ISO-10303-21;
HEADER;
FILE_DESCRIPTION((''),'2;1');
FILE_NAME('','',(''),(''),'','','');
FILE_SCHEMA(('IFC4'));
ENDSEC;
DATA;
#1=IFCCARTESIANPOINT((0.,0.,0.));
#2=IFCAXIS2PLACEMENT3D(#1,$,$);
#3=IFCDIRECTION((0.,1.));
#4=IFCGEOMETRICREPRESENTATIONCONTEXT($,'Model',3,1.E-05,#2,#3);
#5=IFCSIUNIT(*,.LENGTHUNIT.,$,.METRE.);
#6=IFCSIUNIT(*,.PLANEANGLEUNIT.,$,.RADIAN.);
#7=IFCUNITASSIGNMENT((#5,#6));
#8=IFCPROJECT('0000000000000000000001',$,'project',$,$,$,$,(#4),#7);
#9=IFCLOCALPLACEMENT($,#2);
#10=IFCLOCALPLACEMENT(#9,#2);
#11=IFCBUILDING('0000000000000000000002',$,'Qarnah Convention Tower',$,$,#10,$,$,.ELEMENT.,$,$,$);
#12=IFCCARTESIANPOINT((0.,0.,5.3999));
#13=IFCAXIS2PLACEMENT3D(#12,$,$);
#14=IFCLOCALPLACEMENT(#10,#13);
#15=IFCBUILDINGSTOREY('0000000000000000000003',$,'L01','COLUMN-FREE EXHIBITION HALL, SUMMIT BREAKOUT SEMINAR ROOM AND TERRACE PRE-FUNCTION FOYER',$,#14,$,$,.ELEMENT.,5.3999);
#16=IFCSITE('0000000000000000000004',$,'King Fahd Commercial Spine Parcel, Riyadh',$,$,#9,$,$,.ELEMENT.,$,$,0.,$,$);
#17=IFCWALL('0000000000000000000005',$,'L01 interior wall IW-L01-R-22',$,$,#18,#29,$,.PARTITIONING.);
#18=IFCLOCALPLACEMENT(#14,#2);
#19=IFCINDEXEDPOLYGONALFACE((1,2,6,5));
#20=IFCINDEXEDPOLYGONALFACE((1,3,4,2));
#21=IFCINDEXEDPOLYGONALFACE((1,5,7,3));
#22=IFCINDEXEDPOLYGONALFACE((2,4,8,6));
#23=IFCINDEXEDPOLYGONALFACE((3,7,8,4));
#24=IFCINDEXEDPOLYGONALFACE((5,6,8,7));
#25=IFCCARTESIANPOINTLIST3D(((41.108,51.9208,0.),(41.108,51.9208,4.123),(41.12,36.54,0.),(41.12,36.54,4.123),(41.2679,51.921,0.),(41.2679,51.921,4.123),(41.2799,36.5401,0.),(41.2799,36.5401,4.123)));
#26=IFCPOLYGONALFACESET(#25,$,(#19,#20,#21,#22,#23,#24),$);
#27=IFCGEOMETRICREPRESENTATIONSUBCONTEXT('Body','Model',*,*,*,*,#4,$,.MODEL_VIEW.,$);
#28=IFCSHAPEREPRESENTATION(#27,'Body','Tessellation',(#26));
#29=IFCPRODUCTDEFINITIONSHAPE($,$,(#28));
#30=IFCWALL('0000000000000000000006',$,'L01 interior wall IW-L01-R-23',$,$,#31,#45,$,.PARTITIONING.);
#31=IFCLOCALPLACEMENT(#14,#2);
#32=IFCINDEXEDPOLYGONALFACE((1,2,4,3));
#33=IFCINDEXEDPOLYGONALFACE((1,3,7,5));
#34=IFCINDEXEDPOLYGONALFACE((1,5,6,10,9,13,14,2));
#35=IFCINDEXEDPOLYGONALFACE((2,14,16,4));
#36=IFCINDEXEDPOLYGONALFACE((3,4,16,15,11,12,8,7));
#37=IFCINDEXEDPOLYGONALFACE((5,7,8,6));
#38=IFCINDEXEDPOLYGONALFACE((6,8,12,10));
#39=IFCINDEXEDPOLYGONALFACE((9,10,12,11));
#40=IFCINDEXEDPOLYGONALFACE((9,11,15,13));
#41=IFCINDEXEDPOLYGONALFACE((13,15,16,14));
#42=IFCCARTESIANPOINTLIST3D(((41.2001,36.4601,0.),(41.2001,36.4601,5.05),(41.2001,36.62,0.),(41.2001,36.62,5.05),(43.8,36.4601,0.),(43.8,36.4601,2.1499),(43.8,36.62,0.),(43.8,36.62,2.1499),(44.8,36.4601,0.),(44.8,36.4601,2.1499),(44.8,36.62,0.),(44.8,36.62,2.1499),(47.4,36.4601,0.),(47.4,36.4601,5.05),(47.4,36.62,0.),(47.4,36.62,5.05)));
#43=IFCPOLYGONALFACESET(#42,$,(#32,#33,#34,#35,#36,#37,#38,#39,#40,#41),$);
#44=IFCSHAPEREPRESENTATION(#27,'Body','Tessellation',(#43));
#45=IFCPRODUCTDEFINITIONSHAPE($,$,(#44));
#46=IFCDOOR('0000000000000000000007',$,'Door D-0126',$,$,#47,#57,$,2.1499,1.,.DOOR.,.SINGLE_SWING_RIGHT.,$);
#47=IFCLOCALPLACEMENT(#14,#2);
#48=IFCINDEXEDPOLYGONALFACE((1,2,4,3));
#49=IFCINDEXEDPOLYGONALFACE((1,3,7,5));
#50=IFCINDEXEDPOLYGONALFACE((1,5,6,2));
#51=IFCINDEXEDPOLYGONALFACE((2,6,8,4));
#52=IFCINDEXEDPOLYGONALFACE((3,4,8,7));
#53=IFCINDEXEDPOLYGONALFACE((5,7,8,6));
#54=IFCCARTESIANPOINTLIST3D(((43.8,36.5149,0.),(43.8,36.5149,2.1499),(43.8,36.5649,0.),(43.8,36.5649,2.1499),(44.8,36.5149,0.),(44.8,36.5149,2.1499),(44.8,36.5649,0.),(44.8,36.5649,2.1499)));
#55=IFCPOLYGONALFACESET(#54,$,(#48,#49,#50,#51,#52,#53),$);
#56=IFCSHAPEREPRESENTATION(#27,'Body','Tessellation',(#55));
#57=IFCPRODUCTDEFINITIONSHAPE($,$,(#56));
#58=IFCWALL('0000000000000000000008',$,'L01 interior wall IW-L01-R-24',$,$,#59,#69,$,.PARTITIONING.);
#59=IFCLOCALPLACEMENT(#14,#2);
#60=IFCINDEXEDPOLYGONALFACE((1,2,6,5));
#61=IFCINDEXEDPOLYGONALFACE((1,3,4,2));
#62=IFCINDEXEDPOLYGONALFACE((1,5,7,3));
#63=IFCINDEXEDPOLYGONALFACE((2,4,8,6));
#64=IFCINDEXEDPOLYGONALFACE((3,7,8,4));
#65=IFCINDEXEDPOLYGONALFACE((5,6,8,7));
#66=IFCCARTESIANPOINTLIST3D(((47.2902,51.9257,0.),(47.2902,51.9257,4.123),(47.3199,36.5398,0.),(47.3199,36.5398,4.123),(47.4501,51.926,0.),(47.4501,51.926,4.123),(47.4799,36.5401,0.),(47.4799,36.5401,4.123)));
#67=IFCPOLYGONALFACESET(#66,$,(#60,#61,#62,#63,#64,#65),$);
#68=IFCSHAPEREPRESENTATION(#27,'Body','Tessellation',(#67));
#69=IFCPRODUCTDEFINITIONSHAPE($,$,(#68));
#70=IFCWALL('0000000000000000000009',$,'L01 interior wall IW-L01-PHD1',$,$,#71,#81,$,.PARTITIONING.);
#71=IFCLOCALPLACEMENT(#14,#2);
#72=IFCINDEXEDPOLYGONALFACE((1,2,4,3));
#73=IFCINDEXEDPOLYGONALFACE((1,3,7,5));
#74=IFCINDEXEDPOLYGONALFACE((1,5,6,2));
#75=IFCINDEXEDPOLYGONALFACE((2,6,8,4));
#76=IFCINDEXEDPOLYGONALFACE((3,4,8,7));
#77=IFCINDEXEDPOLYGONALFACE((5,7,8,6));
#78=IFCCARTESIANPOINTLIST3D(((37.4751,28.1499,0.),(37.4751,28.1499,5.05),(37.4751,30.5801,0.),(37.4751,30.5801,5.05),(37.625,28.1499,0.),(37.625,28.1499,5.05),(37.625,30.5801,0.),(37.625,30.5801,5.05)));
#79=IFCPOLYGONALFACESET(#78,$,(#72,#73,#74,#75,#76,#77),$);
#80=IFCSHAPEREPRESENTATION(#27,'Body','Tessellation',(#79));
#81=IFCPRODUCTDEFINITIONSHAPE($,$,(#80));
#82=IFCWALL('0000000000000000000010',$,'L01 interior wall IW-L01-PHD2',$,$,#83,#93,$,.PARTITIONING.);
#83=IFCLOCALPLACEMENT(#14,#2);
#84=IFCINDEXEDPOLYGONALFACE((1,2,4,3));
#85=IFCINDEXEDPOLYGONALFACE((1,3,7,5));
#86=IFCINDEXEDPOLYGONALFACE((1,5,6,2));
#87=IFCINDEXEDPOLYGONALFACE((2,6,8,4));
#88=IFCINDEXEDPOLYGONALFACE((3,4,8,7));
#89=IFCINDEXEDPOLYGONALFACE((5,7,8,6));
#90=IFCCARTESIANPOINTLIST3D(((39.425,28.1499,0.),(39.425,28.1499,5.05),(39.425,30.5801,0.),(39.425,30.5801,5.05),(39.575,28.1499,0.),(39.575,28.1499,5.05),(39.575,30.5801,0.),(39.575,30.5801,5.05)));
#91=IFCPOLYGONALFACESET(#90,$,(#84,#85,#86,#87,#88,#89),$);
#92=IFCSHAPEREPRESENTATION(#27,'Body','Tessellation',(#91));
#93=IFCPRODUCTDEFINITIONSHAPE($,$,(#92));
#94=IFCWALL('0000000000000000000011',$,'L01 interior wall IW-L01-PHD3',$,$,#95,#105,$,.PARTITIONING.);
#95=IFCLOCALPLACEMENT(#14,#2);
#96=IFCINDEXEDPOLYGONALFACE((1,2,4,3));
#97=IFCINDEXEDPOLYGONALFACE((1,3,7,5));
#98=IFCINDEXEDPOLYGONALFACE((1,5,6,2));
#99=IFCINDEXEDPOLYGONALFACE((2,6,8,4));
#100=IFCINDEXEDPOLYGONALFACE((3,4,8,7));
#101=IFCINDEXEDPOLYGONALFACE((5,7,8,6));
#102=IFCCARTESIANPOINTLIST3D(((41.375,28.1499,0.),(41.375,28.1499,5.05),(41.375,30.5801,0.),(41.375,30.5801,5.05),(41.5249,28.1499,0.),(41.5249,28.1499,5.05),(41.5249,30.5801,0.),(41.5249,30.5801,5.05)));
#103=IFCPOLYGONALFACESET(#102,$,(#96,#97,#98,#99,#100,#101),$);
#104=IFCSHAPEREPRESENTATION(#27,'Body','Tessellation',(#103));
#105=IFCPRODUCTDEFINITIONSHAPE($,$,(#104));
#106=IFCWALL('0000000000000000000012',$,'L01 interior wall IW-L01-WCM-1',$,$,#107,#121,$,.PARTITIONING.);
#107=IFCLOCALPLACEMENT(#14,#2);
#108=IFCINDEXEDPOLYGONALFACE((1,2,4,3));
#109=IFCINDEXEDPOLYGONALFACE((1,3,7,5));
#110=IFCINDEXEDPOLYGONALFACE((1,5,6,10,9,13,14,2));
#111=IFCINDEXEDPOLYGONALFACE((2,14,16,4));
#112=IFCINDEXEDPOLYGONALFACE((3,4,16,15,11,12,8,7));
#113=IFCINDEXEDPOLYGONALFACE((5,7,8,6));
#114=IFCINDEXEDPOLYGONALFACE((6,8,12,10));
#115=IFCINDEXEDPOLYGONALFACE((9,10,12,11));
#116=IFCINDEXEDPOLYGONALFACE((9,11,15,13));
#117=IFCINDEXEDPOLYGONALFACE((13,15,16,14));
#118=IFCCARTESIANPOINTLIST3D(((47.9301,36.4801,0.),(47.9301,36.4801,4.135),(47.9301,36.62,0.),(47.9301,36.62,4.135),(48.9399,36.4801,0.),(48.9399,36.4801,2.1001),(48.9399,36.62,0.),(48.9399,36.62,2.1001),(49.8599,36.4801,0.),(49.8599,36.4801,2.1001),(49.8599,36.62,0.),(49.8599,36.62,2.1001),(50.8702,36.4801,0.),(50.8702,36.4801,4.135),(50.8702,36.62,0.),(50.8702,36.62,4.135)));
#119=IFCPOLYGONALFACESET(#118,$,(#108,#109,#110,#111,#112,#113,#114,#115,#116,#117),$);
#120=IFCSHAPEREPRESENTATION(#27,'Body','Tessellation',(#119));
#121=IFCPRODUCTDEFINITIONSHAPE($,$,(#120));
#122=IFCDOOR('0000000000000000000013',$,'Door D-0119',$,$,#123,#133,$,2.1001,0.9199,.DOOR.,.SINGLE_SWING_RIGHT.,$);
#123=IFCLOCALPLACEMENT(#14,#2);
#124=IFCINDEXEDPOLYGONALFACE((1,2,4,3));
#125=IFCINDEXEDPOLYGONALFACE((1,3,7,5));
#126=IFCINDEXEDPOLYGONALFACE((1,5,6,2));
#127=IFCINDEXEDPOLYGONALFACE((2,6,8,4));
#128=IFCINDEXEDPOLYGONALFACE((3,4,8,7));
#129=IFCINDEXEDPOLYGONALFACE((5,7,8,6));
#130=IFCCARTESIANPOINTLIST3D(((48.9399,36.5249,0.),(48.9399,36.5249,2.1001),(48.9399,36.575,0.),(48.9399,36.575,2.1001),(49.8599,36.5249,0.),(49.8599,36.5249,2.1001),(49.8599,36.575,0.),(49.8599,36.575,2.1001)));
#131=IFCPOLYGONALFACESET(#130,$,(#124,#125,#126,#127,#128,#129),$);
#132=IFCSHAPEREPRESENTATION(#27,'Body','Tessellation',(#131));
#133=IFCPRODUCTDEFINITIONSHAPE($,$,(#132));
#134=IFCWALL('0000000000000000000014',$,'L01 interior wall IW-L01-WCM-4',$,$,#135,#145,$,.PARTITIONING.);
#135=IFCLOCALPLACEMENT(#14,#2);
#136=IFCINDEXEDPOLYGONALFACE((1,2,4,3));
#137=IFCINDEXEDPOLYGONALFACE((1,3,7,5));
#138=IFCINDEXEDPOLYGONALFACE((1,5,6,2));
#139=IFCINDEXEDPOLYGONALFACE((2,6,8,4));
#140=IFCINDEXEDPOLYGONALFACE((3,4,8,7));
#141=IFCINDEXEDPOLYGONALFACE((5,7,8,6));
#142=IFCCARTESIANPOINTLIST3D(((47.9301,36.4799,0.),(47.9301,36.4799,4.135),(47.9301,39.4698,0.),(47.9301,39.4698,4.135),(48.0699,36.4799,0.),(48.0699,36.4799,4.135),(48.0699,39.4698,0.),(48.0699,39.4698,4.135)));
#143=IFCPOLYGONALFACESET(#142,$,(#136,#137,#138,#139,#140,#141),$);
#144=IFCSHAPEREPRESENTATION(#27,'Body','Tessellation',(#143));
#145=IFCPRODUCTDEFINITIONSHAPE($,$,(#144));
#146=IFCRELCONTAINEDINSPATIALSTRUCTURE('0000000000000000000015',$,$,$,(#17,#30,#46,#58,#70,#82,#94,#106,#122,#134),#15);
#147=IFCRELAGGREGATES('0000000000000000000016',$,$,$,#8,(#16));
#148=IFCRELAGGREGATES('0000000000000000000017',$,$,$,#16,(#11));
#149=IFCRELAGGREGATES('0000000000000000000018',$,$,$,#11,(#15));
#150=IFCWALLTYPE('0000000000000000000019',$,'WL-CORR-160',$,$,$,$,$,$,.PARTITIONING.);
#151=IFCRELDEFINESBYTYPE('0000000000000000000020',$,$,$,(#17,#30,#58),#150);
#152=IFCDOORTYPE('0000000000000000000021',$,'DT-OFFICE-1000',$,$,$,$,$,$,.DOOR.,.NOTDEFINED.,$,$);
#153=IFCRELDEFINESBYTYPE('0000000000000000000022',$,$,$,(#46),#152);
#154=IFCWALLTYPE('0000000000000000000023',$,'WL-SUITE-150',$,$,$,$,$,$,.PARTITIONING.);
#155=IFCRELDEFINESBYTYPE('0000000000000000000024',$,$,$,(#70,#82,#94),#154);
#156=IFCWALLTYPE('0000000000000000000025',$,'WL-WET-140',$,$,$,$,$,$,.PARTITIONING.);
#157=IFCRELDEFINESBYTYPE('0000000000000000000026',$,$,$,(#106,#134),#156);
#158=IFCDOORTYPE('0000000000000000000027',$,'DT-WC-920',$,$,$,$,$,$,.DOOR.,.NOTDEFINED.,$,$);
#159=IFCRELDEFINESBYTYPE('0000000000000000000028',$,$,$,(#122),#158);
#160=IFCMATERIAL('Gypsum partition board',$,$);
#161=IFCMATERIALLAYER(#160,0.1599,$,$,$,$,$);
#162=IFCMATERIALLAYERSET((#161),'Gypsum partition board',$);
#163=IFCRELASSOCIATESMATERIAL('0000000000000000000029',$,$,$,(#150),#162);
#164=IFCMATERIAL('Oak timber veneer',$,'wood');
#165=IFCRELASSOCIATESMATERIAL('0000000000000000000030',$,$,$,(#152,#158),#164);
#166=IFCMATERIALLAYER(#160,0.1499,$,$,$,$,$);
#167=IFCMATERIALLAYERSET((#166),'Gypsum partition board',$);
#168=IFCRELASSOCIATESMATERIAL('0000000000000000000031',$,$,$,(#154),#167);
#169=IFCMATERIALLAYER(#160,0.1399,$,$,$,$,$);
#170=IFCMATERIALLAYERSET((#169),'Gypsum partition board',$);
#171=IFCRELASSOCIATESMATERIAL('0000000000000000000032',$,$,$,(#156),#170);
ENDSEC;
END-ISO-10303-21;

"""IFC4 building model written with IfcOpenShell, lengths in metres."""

from ifc_helpers import new_model, si_unit, direction, frame, frame_2d, origin, place, context, subcontext, project, spatial, rectangle, extrude, material, layer, layer_set, type_object, element, fill, save


model = new_model("IFC4")

# Units and contexts
model_context = context("Model", 3, precision=1e-05, world=origin(), true_north=direction((0.0, 1.0)))
body_context = subcontext(model_context, "Body", "Model", "MODEL_VIEW")
ifc_project = project(units=[si_unit("LENGTHUNIT", "METRE"), si_unit("PLANEANGLEUNIT", "RADIAN")], contexts=[model_context])

# Site, building, storey
site_placement = place(None, origin())
site = spatial("IfcSite", under=ifc_project, at=site_placement, Name="King Fahd Commercial Spine Parcel, Riyadh", CompositionType="ELEMENT", RefElevation=0.0)
building_placement = place(site_placement, origin())
building = spatial("IfcBuilding", under=site, at=building_placement, Name="Qarnah Convention Tower", CompositionType="ELEMENT")
storey_placement = place(building_placement, frame((0.0, 0.0, 5.3999)))
storey = spatial("IfcBuildingStorey", under=building, at=storey_placement, Name="L01", Description="COLUMN-FREE EXHIBITION HALL, SUMMIT BREAKOUT SEMINAR ROOM AND TERRACE PRE-FUNCTION FOYER", CompositionType="ELEMENT", Elevation=5.3999)

# Wall
ifc_material_1 = material(Name="Gypsum partition board")
ifc_layer_1 = layer(ifc_material_1, 0.1599)
ifc_layer_set_1 = layer_set([ifc_layer_1], Name="Gypsum partition board")
wall_type_1 = type_object("IfcWallType", Name="WL-CORR-160", PredefinedType="PARTITIONING", material=ifc_layer_set_1)
wall_1_placement = place(storey_placement, frame((41.188, 51.9209, 0.0), z_axis=(0.0, 0.0, 1.0), x_axis=(0.000778, -1.0, 0.0)))
element("IfcWall", 1, at=wall_1_placement, inside=storey, type_object=wall_type_1, Name="L01 interior wall IW-L01-R-22", PredefinedType="PARTITIONING", context=body_context, shape_type="SweptSolid", body=[
    extrude(rectangle(XDim=15.3809, YDim=0.1599, at=frame_2d((7.6904, 0.0))), origin(), (0.0, 0.0, 1.0), 4.123),
])

# Wall, opening, door
wall_2_placement = place(storey_placement, frame((41.2, 36.54, 0.0), z_axis=(0.0, 0.0, 1.0), x_axis=(1.0, 0.0, 0.0)))
wall_2 = element("IfcWall", 2, at=wall_2_placement, inside=storey, type_object=wall_type_1, Name="L01 interior wall IW-L01-R-23", PredefinedType="PARTITIONING", context=body_context, shape_type="SweptSolid", body=[
    extrude(rectangle(XDim=6.2, YDim=0.1599, at=frame_2d((3.1001, 0.0))), origin(), (0.0, 0.0, 1.0), 5.05),
])
opening_1_placement = place(wall_2_placement, frame((2.6001, 0.0, 0.0)))
opening_1 = element("IfcOpeningElement", 3, at=opening_1_placement, cuts=wall_2, PredefinedType="OPENING", context=body_context, shape_type="SweptSolid", body=[
    extrude(rectangle(XDim=1.0, YDim=2.1499, at=frame_2d((0.5, 1.075))), frame((0.0, 0.0898, 0.0), z_axis=(0.0, -1.0, 0.0), x_axis=(1.0, 0.0, 0.0)), (0.0, 0.0, 1.0), 0.1799),
])
ifc_material_2 = material(Name="Oak timber veneer", Category="wood")
door_type_1 = type_object("IfcDoorType", Name="DT-OFFICE-1000", OperationType="NOTDEFINED", PredefinedType="DOOR", material=ifc_material_2)
door_1_placement = place(opening_1_placement, origin())
door_1 = element("IfcDoor", 4, at=door_1_placement, inside=storey, type_object=door_type_1, Name="Door D-0126", OperationType="SINGLE_SWING_RIGHT", OverallHeight=2.1499, OverallWidth=1.0, PredefinedType="DOOR", context=body_context, shape_type="SweptSolid", body=[
    extrude(rectangle(XDim=1.0, YDim=2.1499, at=frame_2d((0.5, 1.075))), frame((0.0, 0.0249, 0.0), z_axis=(0.0, -1.0, 0.0), x_axis=(1.0, 0.0, 0.0)), (0.0, 0.0, 1.0), 0.05),
])
fill(opening_1, door_1)

# Walls
wall_3_placement = place(storey_placement, frame((47.3999, 36.54, 0.0), z_axis=(0.0, 0.0, 1.0), x_axis=(-0.001936, 0.999998, 0.0)))
element("IfcWall", 5, at=wall_3_placement, inside=storey, type_object=wall_type_1, Name="L01 interior wall IW-L01-R-24", PredefinedType="PARTITIONING", context=body_context, shape_type="SweptSolid", body=[
    extrude(rectangle(XDim=15.386, YDim=0.1599, at=frame_2d((7.6929, 0.0))), origin(), (0.0, 0.0, 1.0), 4.123),
])
ifc_layer_2 = layer(ifc_material_1, 0.1499)
ifc_layer_set_2 = layer_set([ifc_layer_2], Name="Gypsum partition board")
wall_type_2 = type_object("IfcWallType", Name="WL-SUITE-150", PredefinedType="PARTITIONING", material=ifc_layer_set_2)
for number, where, z_axis, x_axis, name in (
    (6, (37.55, 28.1499, 0.0), (0.0, 0.0, 1.0), (0.0, 1.0, 0.0), "L01 interior wall IW-L01-PHD1"),
    (7, (39.5, 28.1499, 0.0), (0.0, 0.0, 1.0), (0.0, 1.0, 0.0), "L01 interior wall IW-L01-PHD2"),
    (8, (41.45, 28.1499, 0.0), (0.0, 0.0, 1.0), (0.0, 1.0, 0.0), "L01 interior wall IW-L01-PHD3"),
):
    element("IfcWall", number, at=place(storey_placement, frame(where, z_axis=z_axis, x_axis=x_axis)), inside=storey, type_object=wall_type_2, Name=name, PredefinedType="PARTITIONING", context=body_context, shape_type="SweptSolid", body=[
        extrude(rectangle(XDim=2.4302, YDim=0.1499, at=frame_2d((1.2151, 0.0))), origin(), (0.0, 0.0, 1.0), 5.05),
    ])

# Wall, opening, door
ifc_layer_3 = layer(ifc_material_1, 0.1399)
ifc_layer_set_3 = layer_set([ifc_layer_3], Name="Gypsum partition board")
wall_type_3 = type_object("IfcWallType", Name="WL-WET-140", PredefinedType="PARTITIONING", material=ifc_layer_set_3)
wall_4_placement = place(storey_placement, frame((47.9299, 36.55, 0.0), z_axis=(0.0, 0.0, 1.0), x_axis=(1.0, 0.0, 0.0)))
wall_4 = element("IfcWall", 9, at=wall_4_placement, inside=storey, type_object=wall_type_3, Name="L01 interior wall IW-L01-WCM-1", PredefinedType="PARTITIONING", context=body_context, shape_type="SweptSolid", body=[
    extrude(rectangle(XDim=2.9402, YDim=0.1399, at=frame_2d((1.4702, 0.0))), origin(), (0.0, 0.0, 1.0), 4.135),
])
opening_2_placement = place(wall_4_placement, frame((1.01, 0.0, 0.0)))
opening_2 = element("IfcOpeningElement", 10, at=opening_2_placement, cuts=wall_4, PredefinedType="OPENING", context=body_context, shape_type="SweptSolid", body=[
    extrude(rectangle(XDim=0.9199, YDim=2.1001, at=frame_2d((0.46, 1.05))), frame((0.0, 0.0798, 0.0), z_axis=(0.0, -1.0, 0.0), x_axis=(1.0, 0.0, 0.0)), (0.0, 0.0, 1.0), 0.1599),
])
door_type_2 = type_object("IfcDoorType", Name="DT-WC-920", OperationType="NOTDEFINED", PredefinedType="DOOR", material=ifc_material_2)
door_2_placement = place(opening_2_placement, origin())
door_2 = element("IfcDoor", 11, at=door_2_placement, inside=storey, type_object=door_type_2, Name="Door D-0119", OperationType="SINGLE_SWING_RIGHT", OverallHeight=2.1001, OverallWidth=0.9199, PredefinedType="DOOR", context=body_context, shape_type="SweptSolid", body=[
    extrude(rectangle(XDim=0.9199, YDim=2.1001, at=frame_2d((0.46, 1.05))), frame((0.0, 0.0249, 0.0), z_axis=(0.0, -1.0, 0.0), x_axis=(1.0, 0.0, 0.0)), (0.0, 0.0, 1.0), 0.05),
])
fill(opening_2, door_2)

# Wall
wall_5_placement = place(storey_placement, frame((48.0, 39.47, 0.0), z_axis=(0.0, 0.0, 1.0), x_axis=(0.0, -1.0, 0.0)))
element("IfcWall", 12, at=wall_5_placement, inside=storey, type_object=wall_type_3, Name="L01 interior wall IW-L01-WCM-4", PredefinedType="PARTITIONING", context=body_context, shape_type="SweptSolid", body=[
    extrude(rectangle(XDim=2.99, YDim=0.1399, at=frame_2d((1.4951, 0.0))), origin(), (0.0, 0.0, 1.0), 4.135),
])

save(model, "model.ifc")
